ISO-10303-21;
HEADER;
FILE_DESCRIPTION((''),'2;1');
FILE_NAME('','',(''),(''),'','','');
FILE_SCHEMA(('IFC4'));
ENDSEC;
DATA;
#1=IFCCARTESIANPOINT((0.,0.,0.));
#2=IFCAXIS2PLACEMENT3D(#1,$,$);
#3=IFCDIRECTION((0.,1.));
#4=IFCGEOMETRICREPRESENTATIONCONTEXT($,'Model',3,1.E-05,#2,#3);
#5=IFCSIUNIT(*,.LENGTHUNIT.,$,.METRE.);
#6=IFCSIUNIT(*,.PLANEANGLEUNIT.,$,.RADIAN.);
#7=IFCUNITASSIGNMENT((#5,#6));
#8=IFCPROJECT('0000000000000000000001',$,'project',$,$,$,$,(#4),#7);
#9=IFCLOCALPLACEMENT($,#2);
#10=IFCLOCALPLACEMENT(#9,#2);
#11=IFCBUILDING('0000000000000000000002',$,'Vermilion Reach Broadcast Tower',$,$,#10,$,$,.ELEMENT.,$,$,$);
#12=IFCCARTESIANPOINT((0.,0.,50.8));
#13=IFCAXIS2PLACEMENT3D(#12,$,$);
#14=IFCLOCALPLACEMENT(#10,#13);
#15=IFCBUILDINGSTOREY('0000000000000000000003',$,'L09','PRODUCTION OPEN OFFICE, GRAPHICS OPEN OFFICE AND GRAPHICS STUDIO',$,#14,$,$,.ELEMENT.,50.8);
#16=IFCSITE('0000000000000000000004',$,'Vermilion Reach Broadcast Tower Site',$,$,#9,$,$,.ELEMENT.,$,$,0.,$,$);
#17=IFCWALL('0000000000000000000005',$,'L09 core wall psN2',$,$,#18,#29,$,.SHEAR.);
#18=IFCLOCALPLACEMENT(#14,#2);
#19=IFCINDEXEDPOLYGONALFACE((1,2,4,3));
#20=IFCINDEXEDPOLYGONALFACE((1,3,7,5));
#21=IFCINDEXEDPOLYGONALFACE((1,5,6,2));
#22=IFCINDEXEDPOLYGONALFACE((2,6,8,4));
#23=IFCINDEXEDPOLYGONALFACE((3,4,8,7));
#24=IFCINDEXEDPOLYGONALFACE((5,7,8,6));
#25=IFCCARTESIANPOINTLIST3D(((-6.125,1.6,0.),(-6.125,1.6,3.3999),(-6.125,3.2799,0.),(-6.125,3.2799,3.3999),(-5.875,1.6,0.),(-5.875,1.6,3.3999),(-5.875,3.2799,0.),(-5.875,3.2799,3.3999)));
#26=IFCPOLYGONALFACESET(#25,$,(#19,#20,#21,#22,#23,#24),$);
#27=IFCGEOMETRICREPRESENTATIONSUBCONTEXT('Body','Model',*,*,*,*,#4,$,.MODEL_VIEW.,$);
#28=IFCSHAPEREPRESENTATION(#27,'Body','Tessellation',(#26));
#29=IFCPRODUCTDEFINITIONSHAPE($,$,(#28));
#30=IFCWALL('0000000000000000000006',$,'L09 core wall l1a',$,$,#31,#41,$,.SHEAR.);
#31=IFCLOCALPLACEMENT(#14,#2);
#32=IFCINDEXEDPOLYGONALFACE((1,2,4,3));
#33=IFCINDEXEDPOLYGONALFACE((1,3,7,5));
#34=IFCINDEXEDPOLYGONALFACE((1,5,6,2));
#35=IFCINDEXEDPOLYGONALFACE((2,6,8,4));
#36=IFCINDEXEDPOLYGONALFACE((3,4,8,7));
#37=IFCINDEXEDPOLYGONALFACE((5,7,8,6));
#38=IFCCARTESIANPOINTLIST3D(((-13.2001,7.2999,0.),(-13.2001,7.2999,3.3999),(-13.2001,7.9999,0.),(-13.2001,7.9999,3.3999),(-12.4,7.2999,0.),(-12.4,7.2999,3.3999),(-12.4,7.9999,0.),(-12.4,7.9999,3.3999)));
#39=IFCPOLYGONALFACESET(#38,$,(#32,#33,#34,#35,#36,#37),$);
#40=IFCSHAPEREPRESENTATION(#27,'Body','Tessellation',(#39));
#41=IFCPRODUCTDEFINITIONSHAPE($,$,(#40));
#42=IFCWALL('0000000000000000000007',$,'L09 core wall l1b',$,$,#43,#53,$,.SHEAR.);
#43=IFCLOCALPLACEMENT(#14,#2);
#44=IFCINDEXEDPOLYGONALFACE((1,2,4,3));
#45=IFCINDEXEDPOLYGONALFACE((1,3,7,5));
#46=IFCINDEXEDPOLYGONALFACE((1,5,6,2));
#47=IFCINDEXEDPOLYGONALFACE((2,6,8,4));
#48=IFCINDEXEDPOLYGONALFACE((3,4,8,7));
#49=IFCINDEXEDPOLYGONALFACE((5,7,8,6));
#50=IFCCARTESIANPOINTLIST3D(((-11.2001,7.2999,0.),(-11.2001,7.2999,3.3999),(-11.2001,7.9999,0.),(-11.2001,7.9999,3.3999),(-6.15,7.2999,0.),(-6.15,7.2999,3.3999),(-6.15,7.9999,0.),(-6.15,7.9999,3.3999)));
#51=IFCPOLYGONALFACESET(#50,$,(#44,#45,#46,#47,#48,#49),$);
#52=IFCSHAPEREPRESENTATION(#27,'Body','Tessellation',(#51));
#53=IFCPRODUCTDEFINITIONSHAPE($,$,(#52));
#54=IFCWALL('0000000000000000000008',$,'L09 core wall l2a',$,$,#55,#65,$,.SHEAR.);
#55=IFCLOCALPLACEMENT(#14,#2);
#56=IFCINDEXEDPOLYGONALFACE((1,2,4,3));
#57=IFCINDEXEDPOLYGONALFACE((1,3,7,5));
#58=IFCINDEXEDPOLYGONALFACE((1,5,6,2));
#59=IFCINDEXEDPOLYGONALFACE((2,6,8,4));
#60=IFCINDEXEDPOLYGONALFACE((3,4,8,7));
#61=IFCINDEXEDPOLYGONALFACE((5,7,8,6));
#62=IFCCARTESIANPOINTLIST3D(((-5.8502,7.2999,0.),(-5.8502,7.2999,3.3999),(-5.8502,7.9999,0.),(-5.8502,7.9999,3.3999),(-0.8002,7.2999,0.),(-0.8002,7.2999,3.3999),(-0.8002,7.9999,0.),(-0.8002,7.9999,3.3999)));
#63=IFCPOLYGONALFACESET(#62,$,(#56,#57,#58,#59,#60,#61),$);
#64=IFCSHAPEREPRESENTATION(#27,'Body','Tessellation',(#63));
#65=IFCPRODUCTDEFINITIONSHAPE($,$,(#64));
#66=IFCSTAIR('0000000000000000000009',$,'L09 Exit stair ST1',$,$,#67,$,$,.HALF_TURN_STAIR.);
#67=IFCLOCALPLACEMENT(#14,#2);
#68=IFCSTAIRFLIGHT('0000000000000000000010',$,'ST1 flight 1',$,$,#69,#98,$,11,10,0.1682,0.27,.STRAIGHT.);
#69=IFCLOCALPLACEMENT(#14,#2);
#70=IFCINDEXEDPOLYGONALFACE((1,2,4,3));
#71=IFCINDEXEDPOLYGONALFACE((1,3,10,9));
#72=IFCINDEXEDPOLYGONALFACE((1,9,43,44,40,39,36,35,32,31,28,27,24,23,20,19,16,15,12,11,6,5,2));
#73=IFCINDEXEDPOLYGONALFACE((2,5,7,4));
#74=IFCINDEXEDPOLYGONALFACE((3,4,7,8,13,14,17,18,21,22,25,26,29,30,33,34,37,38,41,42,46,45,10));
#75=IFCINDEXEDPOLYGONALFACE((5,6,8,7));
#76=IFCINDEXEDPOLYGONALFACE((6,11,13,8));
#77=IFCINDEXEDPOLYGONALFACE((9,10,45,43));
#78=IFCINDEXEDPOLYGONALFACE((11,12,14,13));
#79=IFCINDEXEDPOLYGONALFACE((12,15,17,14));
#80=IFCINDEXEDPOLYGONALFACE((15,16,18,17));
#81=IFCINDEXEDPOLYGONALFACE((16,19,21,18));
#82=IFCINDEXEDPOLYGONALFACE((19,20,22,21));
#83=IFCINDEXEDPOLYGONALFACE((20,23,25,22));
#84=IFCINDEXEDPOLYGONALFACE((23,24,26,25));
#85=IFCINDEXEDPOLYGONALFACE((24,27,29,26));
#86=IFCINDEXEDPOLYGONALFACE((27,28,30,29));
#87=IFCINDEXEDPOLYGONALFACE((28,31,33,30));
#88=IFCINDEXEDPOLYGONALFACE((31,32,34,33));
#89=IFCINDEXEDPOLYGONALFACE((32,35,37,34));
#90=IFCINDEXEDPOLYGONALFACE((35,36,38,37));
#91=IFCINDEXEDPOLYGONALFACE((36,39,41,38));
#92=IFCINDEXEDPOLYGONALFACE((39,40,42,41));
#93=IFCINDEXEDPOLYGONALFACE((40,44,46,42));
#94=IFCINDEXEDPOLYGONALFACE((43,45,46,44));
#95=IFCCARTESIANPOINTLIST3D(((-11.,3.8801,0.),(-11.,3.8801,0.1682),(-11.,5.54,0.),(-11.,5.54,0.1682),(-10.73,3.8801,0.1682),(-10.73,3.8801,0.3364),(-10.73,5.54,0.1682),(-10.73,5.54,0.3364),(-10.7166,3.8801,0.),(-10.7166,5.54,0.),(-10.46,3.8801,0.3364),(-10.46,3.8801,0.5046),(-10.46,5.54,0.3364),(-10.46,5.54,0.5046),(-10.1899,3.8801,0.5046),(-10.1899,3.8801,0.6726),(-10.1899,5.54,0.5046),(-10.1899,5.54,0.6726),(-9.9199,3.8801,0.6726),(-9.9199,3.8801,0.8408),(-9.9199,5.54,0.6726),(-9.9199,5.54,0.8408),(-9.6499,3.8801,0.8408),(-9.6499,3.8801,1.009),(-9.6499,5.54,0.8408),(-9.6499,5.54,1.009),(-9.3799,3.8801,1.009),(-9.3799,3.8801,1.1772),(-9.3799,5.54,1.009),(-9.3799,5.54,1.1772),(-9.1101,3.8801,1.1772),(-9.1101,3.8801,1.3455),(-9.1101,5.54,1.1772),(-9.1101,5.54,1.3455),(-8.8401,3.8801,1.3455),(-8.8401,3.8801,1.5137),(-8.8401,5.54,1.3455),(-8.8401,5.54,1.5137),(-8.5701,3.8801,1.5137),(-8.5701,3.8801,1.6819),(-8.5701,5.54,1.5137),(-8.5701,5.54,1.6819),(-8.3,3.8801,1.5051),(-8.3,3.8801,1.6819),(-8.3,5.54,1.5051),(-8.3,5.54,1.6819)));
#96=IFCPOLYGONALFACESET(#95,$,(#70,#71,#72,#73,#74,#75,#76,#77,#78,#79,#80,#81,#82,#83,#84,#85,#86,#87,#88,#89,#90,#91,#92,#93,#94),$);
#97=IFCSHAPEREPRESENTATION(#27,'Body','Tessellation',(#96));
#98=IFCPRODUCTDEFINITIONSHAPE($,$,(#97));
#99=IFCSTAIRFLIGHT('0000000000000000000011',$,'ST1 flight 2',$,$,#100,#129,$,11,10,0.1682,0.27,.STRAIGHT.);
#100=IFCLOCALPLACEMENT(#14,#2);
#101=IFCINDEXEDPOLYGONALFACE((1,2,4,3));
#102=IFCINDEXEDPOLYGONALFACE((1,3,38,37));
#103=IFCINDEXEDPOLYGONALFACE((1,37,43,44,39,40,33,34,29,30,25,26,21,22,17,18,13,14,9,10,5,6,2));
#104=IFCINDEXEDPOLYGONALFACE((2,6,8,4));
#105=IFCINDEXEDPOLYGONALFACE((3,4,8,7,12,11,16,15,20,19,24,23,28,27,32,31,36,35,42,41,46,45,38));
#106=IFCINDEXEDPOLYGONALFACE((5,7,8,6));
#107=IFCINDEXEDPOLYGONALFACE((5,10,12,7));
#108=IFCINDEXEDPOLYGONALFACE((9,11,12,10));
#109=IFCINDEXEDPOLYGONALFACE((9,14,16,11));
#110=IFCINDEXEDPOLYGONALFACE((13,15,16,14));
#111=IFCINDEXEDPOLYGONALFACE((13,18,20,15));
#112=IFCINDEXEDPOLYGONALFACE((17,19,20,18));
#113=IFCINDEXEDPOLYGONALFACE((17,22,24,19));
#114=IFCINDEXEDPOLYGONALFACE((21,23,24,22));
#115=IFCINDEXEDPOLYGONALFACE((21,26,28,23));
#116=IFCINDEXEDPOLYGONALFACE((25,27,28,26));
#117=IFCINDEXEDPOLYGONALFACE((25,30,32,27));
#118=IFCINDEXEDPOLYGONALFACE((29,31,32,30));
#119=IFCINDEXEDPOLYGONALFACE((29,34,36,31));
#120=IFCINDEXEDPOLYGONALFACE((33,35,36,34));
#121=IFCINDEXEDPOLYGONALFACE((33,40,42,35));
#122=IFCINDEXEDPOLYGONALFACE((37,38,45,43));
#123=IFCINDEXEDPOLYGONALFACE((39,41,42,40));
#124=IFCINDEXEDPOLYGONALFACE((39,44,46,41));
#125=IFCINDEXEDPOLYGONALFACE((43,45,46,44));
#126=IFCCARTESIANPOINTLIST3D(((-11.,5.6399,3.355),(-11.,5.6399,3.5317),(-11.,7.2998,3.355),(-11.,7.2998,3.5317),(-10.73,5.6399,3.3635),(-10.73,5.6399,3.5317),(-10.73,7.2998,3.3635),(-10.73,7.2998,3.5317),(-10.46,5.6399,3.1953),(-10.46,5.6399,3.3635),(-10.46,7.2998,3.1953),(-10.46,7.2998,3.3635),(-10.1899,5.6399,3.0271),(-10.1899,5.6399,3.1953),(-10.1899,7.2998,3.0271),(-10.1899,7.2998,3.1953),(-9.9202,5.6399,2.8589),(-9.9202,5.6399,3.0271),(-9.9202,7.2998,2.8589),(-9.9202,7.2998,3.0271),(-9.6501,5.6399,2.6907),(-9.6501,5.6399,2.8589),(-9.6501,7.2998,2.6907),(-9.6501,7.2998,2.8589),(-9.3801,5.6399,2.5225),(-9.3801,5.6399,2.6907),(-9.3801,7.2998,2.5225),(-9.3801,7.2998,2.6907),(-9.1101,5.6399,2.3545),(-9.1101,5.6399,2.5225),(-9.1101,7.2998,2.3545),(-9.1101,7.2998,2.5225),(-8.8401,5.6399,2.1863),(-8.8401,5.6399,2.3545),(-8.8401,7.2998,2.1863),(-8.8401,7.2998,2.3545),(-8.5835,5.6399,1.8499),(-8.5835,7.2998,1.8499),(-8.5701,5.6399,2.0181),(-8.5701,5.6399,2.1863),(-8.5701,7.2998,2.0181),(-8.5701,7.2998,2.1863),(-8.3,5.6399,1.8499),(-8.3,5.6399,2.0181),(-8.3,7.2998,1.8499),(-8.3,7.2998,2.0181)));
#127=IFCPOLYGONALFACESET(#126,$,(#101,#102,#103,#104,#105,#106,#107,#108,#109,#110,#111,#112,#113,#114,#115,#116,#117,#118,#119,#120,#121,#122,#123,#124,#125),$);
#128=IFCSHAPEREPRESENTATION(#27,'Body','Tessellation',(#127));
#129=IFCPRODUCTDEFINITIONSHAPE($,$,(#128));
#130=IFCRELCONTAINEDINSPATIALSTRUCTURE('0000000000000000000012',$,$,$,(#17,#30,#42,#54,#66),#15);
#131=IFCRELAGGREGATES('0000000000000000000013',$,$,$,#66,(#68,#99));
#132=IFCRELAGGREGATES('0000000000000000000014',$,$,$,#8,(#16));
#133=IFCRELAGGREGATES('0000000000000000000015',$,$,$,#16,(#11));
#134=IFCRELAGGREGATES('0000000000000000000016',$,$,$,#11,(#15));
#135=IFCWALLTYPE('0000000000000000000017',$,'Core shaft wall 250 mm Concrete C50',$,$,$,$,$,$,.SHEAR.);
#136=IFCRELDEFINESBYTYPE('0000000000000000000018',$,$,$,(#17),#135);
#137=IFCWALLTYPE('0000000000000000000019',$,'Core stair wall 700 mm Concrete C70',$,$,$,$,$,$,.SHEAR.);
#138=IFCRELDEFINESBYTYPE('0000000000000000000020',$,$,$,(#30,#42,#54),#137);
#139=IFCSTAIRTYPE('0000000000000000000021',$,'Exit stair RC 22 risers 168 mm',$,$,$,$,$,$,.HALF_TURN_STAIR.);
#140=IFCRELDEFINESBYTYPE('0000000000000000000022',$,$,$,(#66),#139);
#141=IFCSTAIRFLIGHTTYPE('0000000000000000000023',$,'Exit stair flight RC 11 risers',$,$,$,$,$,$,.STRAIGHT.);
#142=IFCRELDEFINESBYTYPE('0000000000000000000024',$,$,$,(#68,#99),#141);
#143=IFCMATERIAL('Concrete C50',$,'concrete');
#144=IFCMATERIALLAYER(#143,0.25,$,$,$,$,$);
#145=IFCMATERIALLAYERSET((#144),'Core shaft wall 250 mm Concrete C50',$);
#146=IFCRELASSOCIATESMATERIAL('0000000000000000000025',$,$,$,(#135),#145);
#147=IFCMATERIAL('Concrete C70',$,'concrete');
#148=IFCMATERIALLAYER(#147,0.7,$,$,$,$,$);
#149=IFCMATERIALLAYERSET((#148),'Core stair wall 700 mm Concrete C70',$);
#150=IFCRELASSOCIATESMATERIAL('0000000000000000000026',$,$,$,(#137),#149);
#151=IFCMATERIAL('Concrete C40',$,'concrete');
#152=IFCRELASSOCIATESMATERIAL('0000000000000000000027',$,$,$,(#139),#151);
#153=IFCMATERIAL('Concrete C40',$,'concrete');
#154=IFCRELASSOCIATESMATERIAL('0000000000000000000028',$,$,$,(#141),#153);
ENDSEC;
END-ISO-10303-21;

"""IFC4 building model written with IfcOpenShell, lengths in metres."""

from ifc_helpers import new_model, si_unit, direction, frame, frame_2d, origin, place, context, subcontext, project, spatial, polyline, rectangle, outline, extrude, material, layer, layer_set, type_object, element, aggregate, save


model = new_model("IFC4")

# Units and contexts
model_context = context("Model", 3, precision=1e-05, world=origin(), true_north=direction((0.0, 1.0)))
body_context = subcontext(model_context, "Body", "Model", "MODEL_VIEW")
ifc_project = project(units=[si_unit("LENGTHUNIT", "METRE"), si_unit("PLANEANGLEUNIT", "RADIAN")], contexts=[model_context])

# Site, building, storey
site_placement = place(None, origin())
site = spatial("IfcSite", under=ifc_project, at=site_placement, Name="Vermilion Reach Broadcast Tower Site", CompositionType="ELEMENT", RefElevation=0.0)
building_placement = place(site_placement, origin())
building = spatial("IfcBuilding", under=site, at=building_placement, Name="Vermilion Reach Broadcast Tower", CompositionType="ELEMENT")
storey_placement = place(building_placement, frame((0.0, 0.0, 50.8)))
storey = spatial("IfcBuildingStorey", under=building, at=storey_placement, Name="L09", Description="PRODUCTION OPEN OFFICE, GRAPHICS OPEN OFFICE AND GRAPHICS STUDIO", CompositionType="ELEMENT", Elevation=50.8)

# Walls
ifc_material_1 = material(Name="Concrete C50", Category="concrete")
ifc_layer_1 = layer(ifc_material_1, 0.25)
ifc_layer_set_1 = layer_set([ifc_layer_1], Name="Core shaft wall 250 mm Concrete C50")
wall_type_1 = type_object("IfcWallType", Name="Core shaft wall 250 mm Concrete C50", PredefinedType="SHEAR", material=ifc_layer_set_1)
for number, where, z_axis, x_axis, name in (
    (1, (-6.0, 1.6001, 0.0), (0.0, 0.0, 1.0), (0.0, 1.0, 0.0), "L09 core wall psN2"),
):
    element("IfcWall", number, at=place(storey_placement, frame(where, z_axis=z_axis, x_axis=x_axis)), inside=storey, type_object=wall_type_1, Name=name, PredefinedType="SHEAR", context=body_context, shape_type="SweptSolid", body=[
        extrude(rectangle(XDim=1.6799, YDim=0.25, at=frame_2d((0.8398, 0.0))), origin(), (0.0, 0.0, 1.0), 3.3999),
    ])
ifc_material_2 = material(Name="Concrete C70", Category="concrete")
ifc_layer_2 = layer(ifc_material_2, 0.7)
ifc_layer_set_2 = layer_set([ifc_layer_2], Name="Core stair wall 700 mm Concrete C70")
wall_type_2 = type_object("IfcWallType", Name="Core stair wall 700 mm Concrete C70", PredefinedType="SHEAR", material=ifc_layer_set_2)
wall_1_placement = place(storey_placement, frame((-13.2, 7.6499, 0.0), z_axis=(0.0, 0.0, 1.0), x_axis=(1.0, 0.0, 0.0)))
element("IfcWall", 2, at=wall_1_placement, inside=storey, type_object=wall_type_2, Name="L09 core wall l1a", PredefinedType="SHEAR", context=body_context, shape_type="SweptSolid", body=[
    extrude(rectangle(XDim=0.8, YDim=0.7, at=frame_2d((0.3999, 0.0))), origin(), (0.0, 0.0, 1.0), 3.3999),
])
for number, where, z_axis, x_axis, name in (
    (3, (-11.2, 7.6499, 0.0), (0.0, 0.0, 1.0), (1.0, 0.0, 0.0), "L09 core wall l1b"),
    (4, (-5.8501, 7.6499, 0.0), (0.0, 0.0, 1.0), (1.0, 0.0, 0.0), "L09 core wall l2a"),
):
    element("IfcWall", number, at=place(storey_placement, frame(where, z_axis=z_axis, x_axis=x_axis)), inside=storey, type_object=wall_type_2, Name=name, PredefinedType="SHEAR", context=body_context, shape_type="SweptSolid", body=[
        extrude(rectangle(XDim=5.05, YDim=0.7, at=frame_2d((2.5249, 0.0))), origin(), (0.0, 0.0, 1.0), 3.3999),
    ])

# Stair, stair flights
ifc_material_3 = material(Name="Concrete C40", Category="concrete")
stair_type = type_object("IfcStairType", Name="Exit stair RC 22 risers 168 mm", PredefinedType="HALF_TURN_STAIR", material=ifc_material_3)
stair_placement = place(storey_placement, origin())
stair = element("IfcStair", 5, at=stair_placement, inside=storey, type_object=stair_type, Name="L09 Exit stair ST1", PredefinedType="HALF_TURN_STAIR")
ifc_material_4 = material(Name="Concrete C40", Category="concrete")
stair_flight_type = type_object("IfcStairFlightType", Name="Exit stair flight RC 11 risers", PredefinedType="STRAIGHT", material=ifc_material_4)
stair_flight_1_placement = place(storey_placement, frame((-11.0, 4.71, 0.0), z_axis=(0.0, 0.0, 1.0), x_axis=(1.0, 0.0, 0.0)))
stair_flight_1 = element("IfcStairFlight", 6, at=stair_flight_1_placement, type_object=stair_flight_type, Name="ST1 flight 1", NumberOfRisers=11, NumberOfTreads=10, PredefinedType="STRAIGHT", RiserHeight=0.1682, TreadLength=0.27, context=body_context, shape_type="SweptSolid", body=[
    extrude(outline(polyline([(0.0, 0.0), (0.0, 0.1682), (0.27, 0.1682), (0.27, 0.3364), (0.54, 0.3364), (0.54, 0.5046), (0.8101, 0.5046), (0.8101, 0.6726), (1.0801, 0.6726), (1.0801, 0.8408), (1.3501, 0.8408), (1.3501, 1.009), (1.6201, 1.009), (1.6201, 1.1772), (1.8899, 1.1772), (1.8899, 1.3455), (2.1599, 1.3455), (2.1599, 1.5137), (2.4299, 1.5137), (2.4299, 1.6819), (2.7, 1.6819), (2.7, 1.8501), (2.7, 1.5051), (0.2834, 0.0), (0.0, 0.0)])), frame((0.0, 0.8301, 0.0), z_axis=(0.0, -1.0, 0.0), x_axis=(1.0, 0.0, 0.0)), (0.0, 0.0, 1.0), 1.6599),
])
stair_flight_2_placement = place(storey_placement, frame((-8.3, 6.47, 1.8499), z_axis=(0.0, 0.0, 1.0), x_axis=(-1.0, 0.0, 0.0)))
stair_flight_2 = element("IfcStairFlight", 7, at=stair_flight_2_placement, type_object=stair_flight_type, Name="ST1 flight 2", NumberOfRisers=11, NumberOfTreads=10, PredefinedType="STRAIGHT", RiserHeight=0.1682, TreadLength=0.27, context=body_context, shape_type="SweptSolid", body=[
    extrude(outline(polyline([(0.0, 0.0), (0.0, 0.1682), (0.27, 0.1682), (0.27, 0.3364), (0.54, 0.3364), (0.54, 0.5046), (0.8101, 0.5046), (0.8101, 0.6726), (1.0801, 0.6726), (1.0801, 0.8408), (1.3501, 0.8408), (1.3501, 1.009), (1.6201, 1.009), (1.6201, 1.1772), (1.8899, 1.1772), (1.8899, 1.3455), (2.1599, 1.3455), (2.1599, 1.5137), (2.4299, 1.5137), (2.4299, 1.6819), (2.7, 1.6819), (2.7, 1.8501), (2.7, 1.5051), (0.2834, 0.0), (0.0, 0.0)])), frame((0.0, 0.8301, 0.0), z_axis=(0.0, -1.0, 0.0), x_axis=(1.0, 0.0, 0.0)), (0.0, 0.0, 1.0), 1.6599),
])
aggregate(stair, [stair_flight_1, stair_flight_2])

save(model, "model.ifc")
